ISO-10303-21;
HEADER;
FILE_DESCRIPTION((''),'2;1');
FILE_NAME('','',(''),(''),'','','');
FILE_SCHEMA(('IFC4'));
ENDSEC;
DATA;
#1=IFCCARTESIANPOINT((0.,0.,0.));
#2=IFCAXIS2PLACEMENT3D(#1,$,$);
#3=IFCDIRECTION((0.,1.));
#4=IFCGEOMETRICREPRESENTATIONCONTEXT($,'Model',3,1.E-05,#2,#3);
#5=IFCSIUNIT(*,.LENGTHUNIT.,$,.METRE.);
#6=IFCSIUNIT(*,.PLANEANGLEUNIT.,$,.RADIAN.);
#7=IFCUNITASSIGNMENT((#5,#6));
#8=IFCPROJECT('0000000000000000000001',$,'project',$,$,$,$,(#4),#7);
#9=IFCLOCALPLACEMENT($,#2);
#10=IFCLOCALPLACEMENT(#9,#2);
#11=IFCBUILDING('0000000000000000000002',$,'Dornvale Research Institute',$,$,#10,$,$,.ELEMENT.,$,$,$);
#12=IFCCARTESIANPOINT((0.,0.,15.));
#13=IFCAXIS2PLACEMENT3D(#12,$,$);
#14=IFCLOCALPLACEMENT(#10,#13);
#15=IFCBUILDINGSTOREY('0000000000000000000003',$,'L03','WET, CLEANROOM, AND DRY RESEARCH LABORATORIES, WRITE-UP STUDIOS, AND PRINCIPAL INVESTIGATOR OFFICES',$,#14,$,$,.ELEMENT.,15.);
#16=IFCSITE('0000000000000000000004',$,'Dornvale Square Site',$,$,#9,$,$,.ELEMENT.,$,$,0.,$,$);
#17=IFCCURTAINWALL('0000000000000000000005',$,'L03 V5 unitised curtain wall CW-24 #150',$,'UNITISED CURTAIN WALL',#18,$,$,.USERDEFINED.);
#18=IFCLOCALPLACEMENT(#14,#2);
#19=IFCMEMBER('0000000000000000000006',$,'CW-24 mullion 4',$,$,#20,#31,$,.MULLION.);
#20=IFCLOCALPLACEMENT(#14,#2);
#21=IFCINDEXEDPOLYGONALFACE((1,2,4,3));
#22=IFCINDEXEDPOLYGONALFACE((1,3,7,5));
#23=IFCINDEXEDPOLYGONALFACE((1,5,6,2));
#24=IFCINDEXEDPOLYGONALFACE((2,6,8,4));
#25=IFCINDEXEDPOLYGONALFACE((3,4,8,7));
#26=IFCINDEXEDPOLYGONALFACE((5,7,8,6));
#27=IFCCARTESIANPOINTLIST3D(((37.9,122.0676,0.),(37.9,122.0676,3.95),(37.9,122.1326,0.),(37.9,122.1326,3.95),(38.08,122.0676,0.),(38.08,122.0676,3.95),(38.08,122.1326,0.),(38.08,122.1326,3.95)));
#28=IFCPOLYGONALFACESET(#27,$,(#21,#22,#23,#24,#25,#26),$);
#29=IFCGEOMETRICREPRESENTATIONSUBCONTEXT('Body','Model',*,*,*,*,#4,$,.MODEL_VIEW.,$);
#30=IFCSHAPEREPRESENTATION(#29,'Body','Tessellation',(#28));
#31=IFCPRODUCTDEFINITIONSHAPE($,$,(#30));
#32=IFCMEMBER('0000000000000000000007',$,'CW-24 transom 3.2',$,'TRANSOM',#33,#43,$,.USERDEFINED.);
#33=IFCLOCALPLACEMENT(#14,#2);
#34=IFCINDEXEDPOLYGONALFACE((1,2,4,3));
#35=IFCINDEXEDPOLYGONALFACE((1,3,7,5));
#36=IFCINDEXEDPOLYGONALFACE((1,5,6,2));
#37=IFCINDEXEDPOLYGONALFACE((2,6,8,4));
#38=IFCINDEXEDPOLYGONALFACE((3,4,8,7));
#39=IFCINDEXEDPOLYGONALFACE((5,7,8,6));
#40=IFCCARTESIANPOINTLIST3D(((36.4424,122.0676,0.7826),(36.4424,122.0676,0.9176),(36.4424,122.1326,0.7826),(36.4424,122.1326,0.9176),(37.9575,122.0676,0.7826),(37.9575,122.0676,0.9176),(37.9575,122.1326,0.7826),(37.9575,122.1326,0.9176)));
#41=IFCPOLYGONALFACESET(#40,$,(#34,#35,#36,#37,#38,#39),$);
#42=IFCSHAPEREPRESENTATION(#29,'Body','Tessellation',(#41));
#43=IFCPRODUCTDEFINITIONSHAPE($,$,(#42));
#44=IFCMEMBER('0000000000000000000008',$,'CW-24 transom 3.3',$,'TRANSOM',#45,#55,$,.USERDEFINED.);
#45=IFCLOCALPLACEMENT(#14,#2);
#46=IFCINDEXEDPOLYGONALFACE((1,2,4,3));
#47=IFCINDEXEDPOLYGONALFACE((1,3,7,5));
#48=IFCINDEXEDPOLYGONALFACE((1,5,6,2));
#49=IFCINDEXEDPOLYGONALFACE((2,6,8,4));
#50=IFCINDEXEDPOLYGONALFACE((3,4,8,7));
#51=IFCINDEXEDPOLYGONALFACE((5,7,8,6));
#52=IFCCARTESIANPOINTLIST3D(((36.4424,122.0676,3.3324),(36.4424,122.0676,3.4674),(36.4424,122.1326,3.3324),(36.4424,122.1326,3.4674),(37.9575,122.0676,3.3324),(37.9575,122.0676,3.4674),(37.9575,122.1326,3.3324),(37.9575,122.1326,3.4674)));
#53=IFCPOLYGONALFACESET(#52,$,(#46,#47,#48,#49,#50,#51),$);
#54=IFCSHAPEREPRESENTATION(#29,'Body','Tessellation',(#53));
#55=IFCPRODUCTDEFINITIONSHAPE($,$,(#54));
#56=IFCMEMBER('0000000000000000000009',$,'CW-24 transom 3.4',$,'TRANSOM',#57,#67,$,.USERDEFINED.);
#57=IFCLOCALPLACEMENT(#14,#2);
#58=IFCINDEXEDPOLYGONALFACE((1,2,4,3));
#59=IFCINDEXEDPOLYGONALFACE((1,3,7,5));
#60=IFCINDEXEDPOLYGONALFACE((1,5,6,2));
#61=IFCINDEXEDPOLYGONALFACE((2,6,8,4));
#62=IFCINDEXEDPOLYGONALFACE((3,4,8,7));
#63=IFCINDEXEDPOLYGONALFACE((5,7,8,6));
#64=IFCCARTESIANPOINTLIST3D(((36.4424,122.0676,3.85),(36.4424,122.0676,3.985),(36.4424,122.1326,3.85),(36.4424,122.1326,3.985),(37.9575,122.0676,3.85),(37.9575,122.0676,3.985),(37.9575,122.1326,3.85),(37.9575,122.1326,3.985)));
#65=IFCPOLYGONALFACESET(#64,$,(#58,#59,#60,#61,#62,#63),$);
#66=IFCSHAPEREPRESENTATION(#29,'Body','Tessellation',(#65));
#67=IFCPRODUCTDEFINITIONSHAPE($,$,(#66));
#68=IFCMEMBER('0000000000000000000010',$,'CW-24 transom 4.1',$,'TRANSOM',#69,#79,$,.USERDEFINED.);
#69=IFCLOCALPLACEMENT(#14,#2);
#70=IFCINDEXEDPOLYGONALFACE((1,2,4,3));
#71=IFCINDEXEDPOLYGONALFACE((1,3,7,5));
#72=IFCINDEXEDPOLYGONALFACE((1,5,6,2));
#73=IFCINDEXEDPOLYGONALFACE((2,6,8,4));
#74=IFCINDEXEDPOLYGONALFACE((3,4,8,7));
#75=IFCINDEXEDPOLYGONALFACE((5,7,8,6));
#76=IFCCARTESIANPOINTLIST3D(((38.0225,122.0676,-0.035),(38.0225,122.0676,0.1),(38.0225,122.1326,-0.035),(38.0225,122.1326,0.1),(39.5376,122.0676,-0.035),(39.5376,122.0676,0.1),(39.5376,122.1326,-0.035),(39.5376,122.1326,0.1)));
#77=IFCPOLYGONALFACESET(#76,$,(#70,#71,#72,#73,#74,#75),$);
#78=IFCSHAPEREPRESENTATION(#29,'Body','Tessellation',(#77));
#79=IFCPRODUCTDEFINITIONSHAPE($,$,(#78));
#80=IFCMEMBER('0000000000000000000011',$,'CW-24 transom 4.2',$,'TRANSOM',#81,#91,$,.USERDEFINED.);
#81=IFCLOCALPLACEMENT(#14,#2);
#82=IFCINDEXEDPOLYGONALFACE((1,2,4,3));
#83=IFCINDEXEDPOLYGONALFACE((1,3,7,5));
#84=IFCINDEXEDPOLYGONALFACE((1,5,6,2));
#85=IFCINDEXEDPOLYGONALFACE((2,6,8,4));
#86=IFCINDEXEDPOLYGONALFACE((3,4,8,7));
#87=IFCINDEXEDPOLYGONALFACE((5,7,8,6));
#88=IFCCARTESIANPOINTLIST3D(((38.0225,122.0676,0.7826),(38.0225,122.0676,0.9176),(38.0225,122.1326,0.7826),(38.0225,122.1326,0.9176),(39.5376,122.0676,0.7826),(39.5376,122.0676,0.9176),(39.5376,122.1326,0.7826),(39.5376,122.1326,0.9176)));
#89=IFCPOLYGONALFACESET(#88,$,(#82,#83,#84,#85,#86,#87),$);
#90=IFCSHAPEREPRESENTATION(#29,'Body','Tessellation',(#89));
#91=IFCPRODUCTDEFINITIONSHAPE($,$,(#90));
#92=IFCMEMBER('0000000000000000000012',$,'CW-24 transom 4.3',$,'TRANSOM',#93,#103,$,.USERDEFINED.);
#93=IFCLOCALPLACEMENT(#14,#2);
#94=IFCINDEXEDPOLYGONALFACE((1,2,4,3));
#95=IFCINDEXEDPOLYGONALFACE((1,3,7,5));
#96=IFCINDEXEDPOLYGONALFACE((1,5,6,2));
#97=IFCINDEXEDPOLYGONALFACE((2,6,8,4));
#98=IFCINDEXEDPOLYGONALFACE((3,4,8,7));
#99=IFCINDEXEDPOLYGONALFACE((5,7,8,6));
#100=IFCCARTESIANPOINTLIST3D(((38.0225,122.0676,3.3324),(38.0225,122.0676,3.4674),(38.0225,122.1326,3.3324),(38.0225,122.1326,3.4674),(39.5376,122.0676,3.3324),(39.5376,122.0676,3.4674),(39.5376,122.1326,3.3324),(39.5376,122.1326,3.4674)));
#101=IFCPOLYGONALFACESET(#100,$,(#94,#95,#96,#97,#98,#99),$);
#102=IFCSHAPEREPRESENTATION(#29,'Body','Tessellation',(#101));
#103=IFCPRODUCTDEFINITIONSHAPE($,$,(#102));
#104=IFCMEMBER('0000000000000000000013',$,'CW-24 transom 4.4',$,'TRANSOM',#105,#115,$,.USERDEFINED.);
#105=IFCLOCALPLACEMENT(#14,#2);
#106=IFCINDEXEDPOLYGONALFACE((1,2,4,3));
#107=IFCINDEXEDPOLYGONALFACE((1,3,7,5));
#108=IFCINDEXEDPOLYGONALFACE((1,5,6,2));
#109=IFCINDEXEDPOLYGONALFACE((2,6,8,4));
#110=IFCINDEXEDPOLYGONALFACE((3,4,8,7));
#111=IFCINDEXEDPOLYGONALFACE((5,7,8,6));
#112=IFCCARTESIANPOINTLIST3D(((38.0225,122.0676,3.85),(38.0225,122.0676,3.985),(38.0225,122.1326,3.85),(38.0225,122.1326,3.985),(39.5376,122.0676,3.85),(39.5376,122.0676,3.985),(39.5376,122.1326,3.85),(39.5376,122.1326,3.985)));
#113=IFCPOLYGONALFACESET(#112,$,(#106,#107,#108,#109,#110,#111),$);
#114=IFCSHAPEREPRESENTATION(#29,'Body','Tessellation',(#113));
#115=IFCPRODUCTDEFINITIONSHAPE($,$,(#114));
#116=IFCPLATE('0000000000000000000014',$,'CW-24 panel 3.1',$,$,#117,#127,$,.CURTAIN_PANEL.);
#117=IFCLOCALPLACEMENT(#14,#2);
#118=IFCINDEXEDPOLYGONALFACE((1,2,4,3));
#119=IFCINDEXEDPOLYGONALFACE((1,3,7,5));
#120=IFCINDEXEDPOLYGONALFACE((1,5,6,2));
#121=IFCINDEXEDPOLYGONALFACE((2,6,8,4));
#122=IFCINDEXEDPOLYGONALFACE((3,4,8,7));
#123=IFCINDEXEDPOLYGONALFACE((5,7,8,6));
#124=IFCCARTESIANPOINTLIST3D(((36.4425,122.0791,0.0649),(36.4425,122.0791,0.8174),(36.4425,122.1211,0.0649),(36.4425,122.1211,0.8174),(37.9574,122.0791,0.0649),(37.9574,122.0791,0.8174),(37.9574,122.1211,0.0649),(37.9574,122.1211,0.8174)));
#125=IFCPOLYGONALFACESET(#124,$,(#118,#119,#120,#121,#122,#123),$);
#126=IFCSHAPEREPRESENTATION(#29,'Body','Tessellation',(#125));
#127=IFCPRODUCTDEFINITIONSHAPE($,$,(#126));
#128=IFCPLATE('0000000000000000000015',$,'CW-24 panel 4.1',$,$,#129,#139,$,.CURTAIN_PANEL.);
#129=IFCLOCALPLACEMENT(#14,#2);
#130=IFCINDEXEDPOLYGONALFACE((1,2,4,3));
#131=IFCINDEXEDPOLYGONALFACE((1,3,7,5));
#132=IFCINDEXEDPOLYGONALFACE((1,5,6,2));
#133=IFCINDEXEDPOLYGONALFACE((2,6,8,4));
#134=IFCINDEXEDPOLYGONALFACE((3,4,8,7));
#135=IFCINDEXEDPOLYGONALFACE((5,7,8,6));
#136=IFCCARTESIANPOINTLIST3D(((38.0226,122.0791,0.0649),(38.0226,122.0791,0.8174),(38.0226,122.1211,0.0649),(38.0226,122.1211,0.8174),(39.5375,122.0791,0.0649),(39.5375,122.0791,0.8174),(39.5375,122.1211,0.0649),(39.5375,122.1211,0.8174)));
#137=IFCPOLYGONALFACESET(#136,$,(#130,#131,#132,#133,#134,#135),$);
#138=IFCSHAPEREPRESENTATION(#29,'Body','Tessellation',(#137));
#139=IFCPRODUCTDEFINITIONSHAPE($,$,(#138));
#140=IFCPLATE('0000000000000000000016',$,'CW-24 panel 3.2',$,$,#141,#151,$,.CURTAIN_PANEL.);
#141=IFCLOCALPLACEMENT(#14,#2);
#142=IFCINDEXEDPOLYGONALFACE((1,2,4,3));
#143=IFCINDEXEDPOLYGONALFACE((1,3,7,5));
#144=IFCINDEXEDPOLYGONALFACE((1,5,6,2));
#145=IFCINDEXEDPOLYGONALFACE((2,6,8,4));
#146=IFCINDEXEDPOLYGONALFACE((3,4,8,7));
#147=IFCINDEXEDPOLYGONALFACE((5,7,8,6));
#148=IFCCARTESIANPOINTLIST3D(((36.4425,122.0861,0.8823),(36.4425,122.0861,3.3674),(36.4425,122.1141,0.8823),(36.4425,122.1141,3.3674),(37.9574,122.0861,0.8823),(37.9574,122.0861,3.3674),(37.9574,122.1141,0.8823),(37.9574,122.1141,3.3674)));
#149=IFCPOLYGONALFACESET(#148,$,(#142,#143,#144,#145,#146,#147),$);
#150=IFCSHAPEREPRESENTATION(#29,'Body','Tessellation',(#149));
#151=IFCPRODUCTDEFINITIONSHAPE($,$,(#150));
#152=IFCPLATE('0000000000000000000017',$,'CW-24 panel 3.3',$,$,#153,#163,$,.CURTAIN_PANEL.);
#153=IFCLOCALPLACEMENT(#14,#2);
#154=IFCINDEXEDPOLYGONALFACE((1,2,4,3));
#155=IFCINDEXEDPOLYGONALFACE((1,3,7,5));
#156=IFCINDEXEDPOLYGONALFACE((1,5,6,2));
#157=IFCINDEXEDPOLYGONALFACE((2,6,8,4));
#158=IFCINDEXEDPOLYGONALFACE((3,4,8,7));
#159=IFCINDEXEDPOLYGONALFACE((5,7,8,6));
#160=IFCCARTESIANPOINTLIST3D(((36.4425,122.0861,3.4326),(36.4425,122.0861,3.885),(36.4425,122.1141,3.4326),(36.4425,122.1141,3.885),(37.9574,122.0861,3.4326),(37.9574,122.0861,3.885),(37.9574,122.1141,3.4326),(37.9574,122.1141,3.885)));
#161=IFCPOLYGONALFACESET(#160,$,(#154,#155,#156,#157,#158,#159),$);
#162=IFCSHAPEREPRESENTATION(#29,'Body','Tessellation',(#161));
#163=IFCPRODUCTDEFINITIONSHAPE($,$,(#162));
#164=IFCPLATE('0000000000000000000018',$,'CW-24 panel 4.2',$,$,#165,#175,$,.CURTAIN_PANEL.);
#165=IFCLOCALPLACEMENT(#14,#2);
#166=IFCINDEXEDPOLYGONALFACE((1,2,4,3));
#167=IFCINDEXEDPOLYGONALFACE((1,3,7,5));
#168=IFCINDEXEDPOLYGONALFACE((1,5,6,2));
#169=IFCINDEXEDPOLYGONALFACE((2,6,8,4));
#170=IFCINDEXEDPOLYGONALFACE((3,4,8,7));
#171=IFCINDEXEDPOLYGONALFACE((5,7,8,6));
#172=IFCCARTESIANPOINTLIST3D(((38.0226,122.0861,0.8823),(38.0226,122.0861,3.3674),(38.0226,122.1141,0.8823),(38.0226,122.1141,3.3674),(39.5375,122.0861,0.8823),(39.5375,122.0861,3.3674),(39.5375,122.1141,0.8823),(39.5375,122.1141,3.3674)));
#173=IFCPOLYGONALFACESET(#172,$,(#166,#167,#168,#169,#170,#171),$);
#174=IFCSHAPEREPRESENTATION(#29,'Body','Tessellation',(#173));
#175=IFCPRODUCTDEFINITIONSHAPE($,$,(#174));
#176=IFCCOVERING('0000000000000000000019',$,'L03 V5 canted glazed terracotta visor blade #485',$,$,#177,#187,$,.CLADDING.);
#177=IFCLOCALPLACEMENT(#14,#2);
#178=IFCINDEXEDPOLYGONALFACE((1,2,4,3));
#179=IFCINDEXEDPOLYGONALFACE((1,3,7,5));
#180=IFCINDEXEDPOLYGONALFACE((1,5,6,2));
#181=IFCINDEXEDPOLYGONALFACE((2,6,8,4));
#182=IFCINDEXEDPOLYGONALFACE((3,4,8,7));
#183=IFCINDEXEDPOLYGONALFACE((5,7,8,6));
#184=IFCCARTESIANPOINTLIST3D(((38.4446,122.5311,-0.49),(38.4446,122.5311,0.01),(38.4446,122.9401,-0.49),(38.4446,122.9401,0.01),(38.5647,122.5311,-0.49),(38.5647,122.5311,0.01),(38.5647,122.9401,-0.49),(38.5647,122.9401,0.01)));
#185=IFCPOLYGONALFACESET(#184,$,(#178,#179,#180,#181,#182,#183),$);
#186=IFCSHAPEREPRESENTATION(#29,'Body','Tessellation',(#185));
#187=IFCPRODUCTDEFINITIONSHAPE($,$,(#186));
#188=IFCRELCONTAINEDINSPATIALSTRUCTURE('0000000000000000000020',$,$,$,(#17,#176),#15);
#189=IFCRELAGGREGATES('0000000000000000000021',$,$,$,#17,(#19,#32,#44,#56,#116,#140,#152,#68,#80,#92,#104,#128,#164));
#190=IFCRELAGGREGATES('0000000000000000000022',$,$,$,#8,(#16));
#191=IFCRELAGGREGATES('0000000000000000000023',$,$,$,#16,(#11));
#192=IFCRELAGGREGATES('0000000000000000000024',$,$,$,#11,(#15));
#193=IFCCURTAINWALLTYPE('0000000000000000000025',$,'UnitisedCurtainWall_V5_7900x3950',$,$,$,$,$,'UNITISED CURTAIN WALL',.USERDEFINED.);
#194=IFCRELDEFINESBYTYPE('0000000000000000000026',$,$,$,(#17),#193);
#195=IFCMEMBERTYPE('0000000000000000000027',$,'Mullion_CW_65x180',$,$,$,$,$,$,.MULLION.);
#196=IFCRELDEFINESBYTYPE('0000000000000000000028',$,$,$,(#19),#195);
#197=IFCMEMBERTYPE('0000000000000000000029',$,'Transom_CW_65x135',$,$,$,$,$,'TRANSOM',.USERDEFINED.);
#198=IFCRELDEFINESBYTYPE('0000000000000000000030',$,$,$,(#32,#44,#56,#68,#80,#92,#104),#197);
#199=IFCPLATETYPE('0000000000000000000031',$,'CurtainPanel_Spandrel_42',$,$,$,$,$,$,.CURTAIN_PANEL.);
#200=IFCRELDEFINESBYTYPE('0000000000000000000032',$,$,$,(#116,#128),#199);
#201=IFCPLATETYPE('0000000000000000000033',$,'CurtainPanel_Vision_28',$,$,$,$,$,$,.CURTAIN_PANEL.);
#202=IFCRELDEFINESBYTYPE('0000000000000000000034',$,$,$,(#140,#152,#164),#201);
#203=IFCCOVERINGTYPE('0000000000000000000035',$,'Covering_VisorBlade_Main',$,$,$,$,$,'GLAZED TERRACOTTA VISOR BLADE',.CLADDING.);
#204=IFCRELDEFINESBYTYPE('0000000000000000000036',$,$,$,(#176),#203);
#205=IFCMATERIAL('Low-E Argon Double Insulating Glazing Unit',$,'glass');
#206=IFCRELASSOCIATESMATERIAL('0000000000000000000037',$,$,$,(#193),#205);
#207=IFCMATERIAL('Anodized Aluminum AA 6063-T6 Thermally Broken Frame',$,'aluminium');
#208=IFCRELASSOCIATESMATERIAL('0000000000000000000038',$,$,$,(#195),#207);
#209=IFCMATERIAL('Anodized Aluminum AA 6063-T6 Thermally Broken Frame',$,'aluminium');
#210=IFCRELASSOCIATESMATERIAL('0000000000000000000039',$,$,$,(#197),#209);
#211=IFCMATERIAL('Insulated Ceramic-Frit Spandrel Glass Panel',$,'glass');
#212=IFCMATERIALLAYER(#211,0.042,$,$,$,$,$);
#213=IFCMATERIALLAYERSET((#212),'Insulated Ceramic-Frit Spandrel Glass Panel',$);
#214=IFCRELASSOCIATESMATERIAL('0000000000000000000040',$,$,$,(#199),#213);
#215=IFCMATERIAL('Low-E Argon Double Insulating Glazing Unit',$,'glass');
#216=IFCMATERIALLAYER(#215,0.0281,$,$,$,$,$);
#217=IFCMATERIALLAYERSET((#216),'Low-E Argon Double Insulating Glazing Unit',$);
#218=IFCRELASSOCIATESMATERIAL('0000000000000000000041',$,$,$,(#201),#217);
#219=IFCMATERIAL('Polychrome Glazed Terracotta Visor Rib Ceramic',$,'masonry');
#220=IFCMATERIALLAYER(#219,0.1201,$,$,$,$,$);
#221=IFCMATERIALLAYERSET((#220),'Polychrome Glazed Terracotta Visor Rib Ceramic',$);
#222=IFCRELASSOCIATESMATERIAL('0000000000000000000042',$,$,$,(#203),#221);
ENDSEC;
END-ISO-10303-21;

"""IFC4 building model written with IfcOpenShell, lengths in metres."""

from ifc_helpers import new_model, si_unit, direction, frame, origin, origin_2d, place, context, subcontext, project, spatial, rectangle, extrude, material, layer, layer_set, material_profile, profile_set, type_object, element, aggregate, save


model = new_model("IFC4")

# Units and contexts
model_context = context("Model", 3, precision=1e-05, world=origin(), true_north=direction((0.0, 1.0)))
body_context = subcontext(model_context, "Body", "Model", "MODEL_VIEW")
ifc_project = project(units=[si_unit("LENGTHUNIT", "METRE"), si_unit("PLANEANGLEUNIT", "RADIAN")], contexts=[model_context])

# Site, building, storey
site_placement = place(None, origin())
site = spatial("IfcSite", under=ifc_project, at=site_placement, Name="Dornvale Square Site", CompositionType="ELEMENT", RefElevation=0.0)
building_placement = place(site_placement, origin())
building = spatial("IfcBuilding", under=site, at=building_placement, Name="Dornvale Research Institute", CompositionType="ELEMENT")
storey_placement = place(building_placement, frame((0.0, 0.0, 15.0)))
storey = spatial("IfcBuildingStorey", under=building, at=storey_placement, Name="L03", Description="WET, CLEANROOM, AND DRY RESEARCH LABORATORIES, WRITE-UP STUDIOS, AND PRINCIPAL INVESTIGATOR OFFICES", CompositionType="ELEMENT", Elevation=15.0)

# Curtain wall, members, plates
ifc_material_1 = material(Name="Low-E Argon Double Insulating Glazing Unit", Category="glass")
curtain_wall_type = type_object("IfcCurtainWallType", Name="UnitisedCurtainWall_V5_7900x3950", ElementType="UNITISED CURTAIN WALL", PredefinedType="USERDEFINED", material=ifc_material_1)
curtain_wall_placement = place(storey_placement, origin())
curtain_wall = element("IfcCurtainWall", 1, at=curtain_wall_placement, inside=storey, type_object=curtain_wall_type, Name="L03 V5 unitised curtain wall CW-24 #150", ObjectType="UNITISED CURTAIN WALL", PredefinedType="USERDEFINED")
ifc_material_2 = material(Name="Anodized Aluminum AA 6063-T6 Thermally Broken Frame", Category="aluminium")
ifc_material_profile_1 = material_profile(ifc_material_2, rectangle(XDim=0.0649, YDim=0.1799, at=origin_2d()), Name="ALU MULLION 65x180")
ifc_profile_set_1 = profile_set([ifc_material_profile_1], Name="Anodized Aluminum AA 6063-T6 Thermally Broken Frame")
member_type_1 = type_object("IfcMemberType", Name="Mullion_CW_65x180", PredefinedType="MULLION", material=ifc_profile_set_1)
member_1_placement = place(storey_placement, frame((37.99, 122.1001, 0.0), z_axis=(0.0, 0.0, 1.0), x_axis=(0.0, 1.0, 0.0)))
member_1 = element("IfcMember", 2, at=member_1_placement, type_object=member_type_1, Name="CW-24 mullion 4", PredefinedType="MULLION", context=body_context, shape_type="SweptSolid", body=[
    extrude(rectangle(XDim=0.0649, YDim=0.1799, at=origin_2d()), origin(), (0.0, 0.0, 1.0), 3.95),
])
ifc_material_3 = material(Name="Anodized Aluminum AA 6063-T6 Thermally Broken Frame", Category="aluminium")
ifc_material_profile_2 = material_profile(ifc_material_3, rectangle(XDim=0.0649, YDim=0.135, at=origin_2d()), Name="ALU TRANSOM 65x135")
ifc_profile_set_2 = profile_set([ifc_material_profile_2], Name="Anodized Aluminum AA 6063-T6 Thermally Broken Frame")
member_type_2 = type_object("IfcMemberType", Name="Transom_CW_65x135", ElementType="TRANSOM", PredefinedType="USERDEFINED", material=ifc_profile_set_2)
member_2_placement = place(storey_placement, frame((36.4424, 122.1001, 0.8501), z_axis=(1.0, 0.0, 0.0), x_axis=(0.0, 1.0, 0.0)))
member_2 = element("IfcMember", 3, at=member_2_placement, type_object=member_type_2, Name="CW-24 transom 3.2", ObjectType="TRANSOM", PredefinedType="USERDEFINED", context=body_context, shape_type="SweptSolid", body=[
    extrude(rectangle(XDim=0.0649, YDim=0.135, at=origin_2d()), origin(), (0.0, 0.0, 1.0), 1.5151),
])
member_3_placement = place(storey_placement, frame((36.4424, 122.1001, 3.3999), z_axis=(1.0, 0.0, 0.0), x_axis=(0.0, 1.0, 0.0)))
member_3 = element("IfcMember", 4, at=member_3_placement, type_object=member_type_2, Name="CW-24 transom 3.3", ObjectType="TRANSOM", PredefinedType="USERDEFINED", context=body_context, shape_type="SweptSolid", body=[
    extrude(rectangle(XDim=0.0649, YDim=0.135, at=origin_2d()), origin(), (0.0, 0.0, 1.0), 1.5151),
])
member_4_placement = place(storey_placement, frame((36.4424, 122.1001, 3.9175), z_axis=(1.0, 0.0, 0.0), x_axis=(0.0, 1.0, 0.0)))
member_4 = element("IfcMember", 5, at=member_4_placement, type_object=member_type_2, Name="CW-24 transom 3.4", ObjectType="TRANSOM", PredefinedType="USERDEFINED", context=body_context, shape_type="SweptSolid", body=[
    extrude(rectangle(XDim=0.0649, YDim=0.135, at=origin_2d()), origin(), (0.0, 0.0, 1.0), 1.5151),
])
member_5_placement = place(storey_placement, frame((38.0225, 122.1001, 0.0325), z_axis=(1.0, 0.0, 0.0), x_axis=(0.0, 1.0, 0.0)))
member_5 = element("IfcMember", 6, at=member_5_placement, type_object=member_type_2, Name="CW-24 transom 4.1", ObjectType="TRANSOM", PredefinedType="USERDEFINED", context=body_context, shape_type="SweptSolid", body=[
    extrude(rectangle(XDim=0.0649, YDim=0.135, at=origin_2d()), origin(), (0.0, 0.0, 1.0), 1.5151),
])
member_6_placement = place(storey_placement, frame((38.0225, 122.1001, 0.8501), z_axis=(1.0, 0.0, 0.0), x_axis=(0.0, 1.0, 0.0)))
member_6 = element("IfcMember", 7, at=member_6_placement, type_object=member_type_2, Name="CW-24 transom 4.2", ObjectType="TRANSOM", PredefinedType="USERDEFINED", context=body_context, shape_type="SweptSolid", body=[
    extrude(rectangle(XDim=0.0649, YDim=0.135, at=origin_2d()), origin(), (0.0, 0.0, 1.0), 1.5151),
])
member_7_placement = place(storey_placement, frame((38.0225, 122.1001, 3.3999), z_axis=(1.0, 0.0, 0.0), x_axis=(0.0, 1.0, 0.0)))
member_7 = element("IfcMember", 8, at=member_7_placement, type_object=member_type_2, Name="CW-24 transom 4.3", ObjectType="TRANSOM", PredefinedType="USERDEFINED", context=body_context, shape_type="SweptSolid", body=[
    extrude(rectangle(XDim=0.0649, YDim=0.135, at=origin_2d()), origin(), (0.0, 0.0, 1.0), 1.5151),
])
member_8_placement = place(storey_placement, frame((38.0225, 122.1001, 3.9175), z_axis=(1.0, 0.0, 0.0), x_axis=(0.0, 1.0, 0.0)))
member_8 = element("IfcMember", 9, at=member_8_placement, type_object=member_type_2, Name="CW-24 transom 4.4", ObjectType="TRANSOM", PredefinedType="USERDEFINED", context=body_context, shape_type="SweptSolid", body=[
    extrude(rectangle(XDim=0.0649, YDim=0.135, at=origin_2d()), origin(), (0.0, 0.0, 1.0), 1.5151),
])
ifc_material_4 = material(Name="Insulated Ceramic-Frit Spandrel Glass Panel", Category="glass")
ifc_layer_1 = layer(ifc_material_4, 0.042)
ifc_layer_set_1 = layer_set([ifc_layer_1], Name="Insulated Ceramic-Frit Spandrel Glass Panel")
plate_type_1 = type_object("IfcPlateType", Name="CurtainPanel_Spandrel_42", PredefinedType="CURTAIN_PANEL", material=ifc_layer_set_1)
plate_1_placement = place(storey_placement, frame((37.2, 122.1001, 0.0649), z_axis=(0.0, 0.0, 1.0), x_axis=(1.0, 0.0, 0.0)))
plate_1 = element("IfcPlate", 10, at=plate_1_placement, type_object=plate_type_1, Name="CW-24 panel 3.1", PredefinedType="CURTAIN_PANEL", context=body_context, shape_type="SweptSolid", body=[
    extrude(rectangle(XDim=1.5149, YDim=0.042, at=origin_2d()), origin(), (0.0, 0.0, 1.0), 0.7524),
])
plate_2_placement = place(storey_placement, frame((38.78, 122.1001, 0.0649), z_axis=(0.0, 0.0, 1.0), x_axis=(1.0, 0.0, 0.0)))
plate_2 = element("IfcPlate", 11, at=plate_2_placement, type_object=plate_type_1, Name="CW-24 panel 4.1", PredefinedType="CURTAIN_PANEL", context=body_context, shape_type="SweptSolid", body=[
    extrude(rectangle(XDim=1.5149, YDim=0.042, at=origin_2d()), origin(), (0.0, 0.0, 1.0), 0.7524),
])
ifc_material_5 = material(Name="Low-E Argon Double Insulating Glazing Unit", Category="glass")
ifc_layer_2 = layer(ifc_material_5, 0.0281)
ifc_layer_set_2 = layer_set([ifc_layer_2], Name="Low-E Argon Double Insulating Glazing Unit")
plate_type_2 = type_object("IfcPlateType", Name="CurtainPanel_Vision_28", PredefinedType="CURTAIN_PANEL", material=ifc_layer_set_2)
plate_3_placement = place(storey_placement, frame((37.2, 122.1001, 0.8823), z_axis=(0.0, 0.0, 1.0), x_axis=(1.0, 0.0, 0.0)))
plate_3 = element("IfcPlate", 12, at=plate_3_placement, type_object=plate_type_2, Name="CW-24 panel 3.2", PredefinedType="CURTAIN_PANEL", context=body_context, shape_type="SweptSolid", body=[
    extrude(rectangle(XDim=1.5149, YDim=0.0281, at=origin_2d()), origin(), (0.0, 0.0, 1.0), 2.4851),
])
plate_4_placement = place(storey_placement, frame((37.2, 122.1001, 3.4326), z_axis=(0.0, 0.0, 1.0), x_axis=(1.0, 0.0, 0.0)))
plate_4 = element("IfcPlate", 13, at=plate_4_placement, type_object=plate_type_2, Name="CW-24 panel 3.3", PredefinedType="CURTAIN_PANEL", context=body_context, shape_type="SweptSolid", body=[
    extrude(rectangle(XDim=1.5149, YDim=0.0281, at=origin_2d()), origin(), (0.0, 0.0, 1.0), 0.4524),
])
plate_5_placement = place(storey_placement, frame((38.78, 122.1001, 0.8823), z_axis=(0.0, 0.0, 1.0), x_axis=(1.0, 0.0, 0.0)))
plate_5 = element("IfcPlate", 14, at=plate_5_placement, type_object=plate_type_2, Name="CW-24 panel 4.2", PredefinedType="CURTAIN_PANEL", context=body_context, shape_type="SweptSolid", body=[
    extrude(rectangle(XDim=1.5149, YDim=0.0281, at=origin_2d()), origin(), (0.0, 0.0, 1.0), 2.4851),
])
aggregate(curtain_wall, [member_1, member_2, member_3, member_4, plate_1, plate_3, plate_4, member_5, member_6, member_7, member_8, plate_2, plate_5])

# Covering
ifc_material_6 = material(Name="Polychrome Glazed Terracotta Visor Rib Ceramic", Category="masonry")
ifc_layer_3 = layer(ifc_material_6, 0.1201)
ifc_layer_set_3 = layer_set([ifc_layer_3], Name="Polychrome Glazed Terracotta Visor Rib Ceramic")
covering_type = type_object("IfcCoveringType", Name="Covering_VisorBlade_Main", ElementType="GLAZED TERRACOTTA VISOR BLADE", PredefinedType="CLADDING", material=ifc_layer_set_3)
covering_1_placement = place(storey_placement, frame((38.5046, 122.7356, -0.49), z_axis=(0.0, 0.0, 1.0), x_axis=(0.0, 1.0, 0.0)))
element("IfcCovering", 15, at=covering_1_placement, inside=storey, type_object=covering_type, Name="L03 V5 canted glazed terracotta visor blade #485", PredefinedType="CLADDING", context=body_context, shape_type="SweptSolid", body=[
    extrude(rectangle(XDim=0.4089, YDim=0.1201, at=origin_2d()), origin(), (0.0, 0.0, 1.0), 0.5),
])

save(model, "model.ifc")
